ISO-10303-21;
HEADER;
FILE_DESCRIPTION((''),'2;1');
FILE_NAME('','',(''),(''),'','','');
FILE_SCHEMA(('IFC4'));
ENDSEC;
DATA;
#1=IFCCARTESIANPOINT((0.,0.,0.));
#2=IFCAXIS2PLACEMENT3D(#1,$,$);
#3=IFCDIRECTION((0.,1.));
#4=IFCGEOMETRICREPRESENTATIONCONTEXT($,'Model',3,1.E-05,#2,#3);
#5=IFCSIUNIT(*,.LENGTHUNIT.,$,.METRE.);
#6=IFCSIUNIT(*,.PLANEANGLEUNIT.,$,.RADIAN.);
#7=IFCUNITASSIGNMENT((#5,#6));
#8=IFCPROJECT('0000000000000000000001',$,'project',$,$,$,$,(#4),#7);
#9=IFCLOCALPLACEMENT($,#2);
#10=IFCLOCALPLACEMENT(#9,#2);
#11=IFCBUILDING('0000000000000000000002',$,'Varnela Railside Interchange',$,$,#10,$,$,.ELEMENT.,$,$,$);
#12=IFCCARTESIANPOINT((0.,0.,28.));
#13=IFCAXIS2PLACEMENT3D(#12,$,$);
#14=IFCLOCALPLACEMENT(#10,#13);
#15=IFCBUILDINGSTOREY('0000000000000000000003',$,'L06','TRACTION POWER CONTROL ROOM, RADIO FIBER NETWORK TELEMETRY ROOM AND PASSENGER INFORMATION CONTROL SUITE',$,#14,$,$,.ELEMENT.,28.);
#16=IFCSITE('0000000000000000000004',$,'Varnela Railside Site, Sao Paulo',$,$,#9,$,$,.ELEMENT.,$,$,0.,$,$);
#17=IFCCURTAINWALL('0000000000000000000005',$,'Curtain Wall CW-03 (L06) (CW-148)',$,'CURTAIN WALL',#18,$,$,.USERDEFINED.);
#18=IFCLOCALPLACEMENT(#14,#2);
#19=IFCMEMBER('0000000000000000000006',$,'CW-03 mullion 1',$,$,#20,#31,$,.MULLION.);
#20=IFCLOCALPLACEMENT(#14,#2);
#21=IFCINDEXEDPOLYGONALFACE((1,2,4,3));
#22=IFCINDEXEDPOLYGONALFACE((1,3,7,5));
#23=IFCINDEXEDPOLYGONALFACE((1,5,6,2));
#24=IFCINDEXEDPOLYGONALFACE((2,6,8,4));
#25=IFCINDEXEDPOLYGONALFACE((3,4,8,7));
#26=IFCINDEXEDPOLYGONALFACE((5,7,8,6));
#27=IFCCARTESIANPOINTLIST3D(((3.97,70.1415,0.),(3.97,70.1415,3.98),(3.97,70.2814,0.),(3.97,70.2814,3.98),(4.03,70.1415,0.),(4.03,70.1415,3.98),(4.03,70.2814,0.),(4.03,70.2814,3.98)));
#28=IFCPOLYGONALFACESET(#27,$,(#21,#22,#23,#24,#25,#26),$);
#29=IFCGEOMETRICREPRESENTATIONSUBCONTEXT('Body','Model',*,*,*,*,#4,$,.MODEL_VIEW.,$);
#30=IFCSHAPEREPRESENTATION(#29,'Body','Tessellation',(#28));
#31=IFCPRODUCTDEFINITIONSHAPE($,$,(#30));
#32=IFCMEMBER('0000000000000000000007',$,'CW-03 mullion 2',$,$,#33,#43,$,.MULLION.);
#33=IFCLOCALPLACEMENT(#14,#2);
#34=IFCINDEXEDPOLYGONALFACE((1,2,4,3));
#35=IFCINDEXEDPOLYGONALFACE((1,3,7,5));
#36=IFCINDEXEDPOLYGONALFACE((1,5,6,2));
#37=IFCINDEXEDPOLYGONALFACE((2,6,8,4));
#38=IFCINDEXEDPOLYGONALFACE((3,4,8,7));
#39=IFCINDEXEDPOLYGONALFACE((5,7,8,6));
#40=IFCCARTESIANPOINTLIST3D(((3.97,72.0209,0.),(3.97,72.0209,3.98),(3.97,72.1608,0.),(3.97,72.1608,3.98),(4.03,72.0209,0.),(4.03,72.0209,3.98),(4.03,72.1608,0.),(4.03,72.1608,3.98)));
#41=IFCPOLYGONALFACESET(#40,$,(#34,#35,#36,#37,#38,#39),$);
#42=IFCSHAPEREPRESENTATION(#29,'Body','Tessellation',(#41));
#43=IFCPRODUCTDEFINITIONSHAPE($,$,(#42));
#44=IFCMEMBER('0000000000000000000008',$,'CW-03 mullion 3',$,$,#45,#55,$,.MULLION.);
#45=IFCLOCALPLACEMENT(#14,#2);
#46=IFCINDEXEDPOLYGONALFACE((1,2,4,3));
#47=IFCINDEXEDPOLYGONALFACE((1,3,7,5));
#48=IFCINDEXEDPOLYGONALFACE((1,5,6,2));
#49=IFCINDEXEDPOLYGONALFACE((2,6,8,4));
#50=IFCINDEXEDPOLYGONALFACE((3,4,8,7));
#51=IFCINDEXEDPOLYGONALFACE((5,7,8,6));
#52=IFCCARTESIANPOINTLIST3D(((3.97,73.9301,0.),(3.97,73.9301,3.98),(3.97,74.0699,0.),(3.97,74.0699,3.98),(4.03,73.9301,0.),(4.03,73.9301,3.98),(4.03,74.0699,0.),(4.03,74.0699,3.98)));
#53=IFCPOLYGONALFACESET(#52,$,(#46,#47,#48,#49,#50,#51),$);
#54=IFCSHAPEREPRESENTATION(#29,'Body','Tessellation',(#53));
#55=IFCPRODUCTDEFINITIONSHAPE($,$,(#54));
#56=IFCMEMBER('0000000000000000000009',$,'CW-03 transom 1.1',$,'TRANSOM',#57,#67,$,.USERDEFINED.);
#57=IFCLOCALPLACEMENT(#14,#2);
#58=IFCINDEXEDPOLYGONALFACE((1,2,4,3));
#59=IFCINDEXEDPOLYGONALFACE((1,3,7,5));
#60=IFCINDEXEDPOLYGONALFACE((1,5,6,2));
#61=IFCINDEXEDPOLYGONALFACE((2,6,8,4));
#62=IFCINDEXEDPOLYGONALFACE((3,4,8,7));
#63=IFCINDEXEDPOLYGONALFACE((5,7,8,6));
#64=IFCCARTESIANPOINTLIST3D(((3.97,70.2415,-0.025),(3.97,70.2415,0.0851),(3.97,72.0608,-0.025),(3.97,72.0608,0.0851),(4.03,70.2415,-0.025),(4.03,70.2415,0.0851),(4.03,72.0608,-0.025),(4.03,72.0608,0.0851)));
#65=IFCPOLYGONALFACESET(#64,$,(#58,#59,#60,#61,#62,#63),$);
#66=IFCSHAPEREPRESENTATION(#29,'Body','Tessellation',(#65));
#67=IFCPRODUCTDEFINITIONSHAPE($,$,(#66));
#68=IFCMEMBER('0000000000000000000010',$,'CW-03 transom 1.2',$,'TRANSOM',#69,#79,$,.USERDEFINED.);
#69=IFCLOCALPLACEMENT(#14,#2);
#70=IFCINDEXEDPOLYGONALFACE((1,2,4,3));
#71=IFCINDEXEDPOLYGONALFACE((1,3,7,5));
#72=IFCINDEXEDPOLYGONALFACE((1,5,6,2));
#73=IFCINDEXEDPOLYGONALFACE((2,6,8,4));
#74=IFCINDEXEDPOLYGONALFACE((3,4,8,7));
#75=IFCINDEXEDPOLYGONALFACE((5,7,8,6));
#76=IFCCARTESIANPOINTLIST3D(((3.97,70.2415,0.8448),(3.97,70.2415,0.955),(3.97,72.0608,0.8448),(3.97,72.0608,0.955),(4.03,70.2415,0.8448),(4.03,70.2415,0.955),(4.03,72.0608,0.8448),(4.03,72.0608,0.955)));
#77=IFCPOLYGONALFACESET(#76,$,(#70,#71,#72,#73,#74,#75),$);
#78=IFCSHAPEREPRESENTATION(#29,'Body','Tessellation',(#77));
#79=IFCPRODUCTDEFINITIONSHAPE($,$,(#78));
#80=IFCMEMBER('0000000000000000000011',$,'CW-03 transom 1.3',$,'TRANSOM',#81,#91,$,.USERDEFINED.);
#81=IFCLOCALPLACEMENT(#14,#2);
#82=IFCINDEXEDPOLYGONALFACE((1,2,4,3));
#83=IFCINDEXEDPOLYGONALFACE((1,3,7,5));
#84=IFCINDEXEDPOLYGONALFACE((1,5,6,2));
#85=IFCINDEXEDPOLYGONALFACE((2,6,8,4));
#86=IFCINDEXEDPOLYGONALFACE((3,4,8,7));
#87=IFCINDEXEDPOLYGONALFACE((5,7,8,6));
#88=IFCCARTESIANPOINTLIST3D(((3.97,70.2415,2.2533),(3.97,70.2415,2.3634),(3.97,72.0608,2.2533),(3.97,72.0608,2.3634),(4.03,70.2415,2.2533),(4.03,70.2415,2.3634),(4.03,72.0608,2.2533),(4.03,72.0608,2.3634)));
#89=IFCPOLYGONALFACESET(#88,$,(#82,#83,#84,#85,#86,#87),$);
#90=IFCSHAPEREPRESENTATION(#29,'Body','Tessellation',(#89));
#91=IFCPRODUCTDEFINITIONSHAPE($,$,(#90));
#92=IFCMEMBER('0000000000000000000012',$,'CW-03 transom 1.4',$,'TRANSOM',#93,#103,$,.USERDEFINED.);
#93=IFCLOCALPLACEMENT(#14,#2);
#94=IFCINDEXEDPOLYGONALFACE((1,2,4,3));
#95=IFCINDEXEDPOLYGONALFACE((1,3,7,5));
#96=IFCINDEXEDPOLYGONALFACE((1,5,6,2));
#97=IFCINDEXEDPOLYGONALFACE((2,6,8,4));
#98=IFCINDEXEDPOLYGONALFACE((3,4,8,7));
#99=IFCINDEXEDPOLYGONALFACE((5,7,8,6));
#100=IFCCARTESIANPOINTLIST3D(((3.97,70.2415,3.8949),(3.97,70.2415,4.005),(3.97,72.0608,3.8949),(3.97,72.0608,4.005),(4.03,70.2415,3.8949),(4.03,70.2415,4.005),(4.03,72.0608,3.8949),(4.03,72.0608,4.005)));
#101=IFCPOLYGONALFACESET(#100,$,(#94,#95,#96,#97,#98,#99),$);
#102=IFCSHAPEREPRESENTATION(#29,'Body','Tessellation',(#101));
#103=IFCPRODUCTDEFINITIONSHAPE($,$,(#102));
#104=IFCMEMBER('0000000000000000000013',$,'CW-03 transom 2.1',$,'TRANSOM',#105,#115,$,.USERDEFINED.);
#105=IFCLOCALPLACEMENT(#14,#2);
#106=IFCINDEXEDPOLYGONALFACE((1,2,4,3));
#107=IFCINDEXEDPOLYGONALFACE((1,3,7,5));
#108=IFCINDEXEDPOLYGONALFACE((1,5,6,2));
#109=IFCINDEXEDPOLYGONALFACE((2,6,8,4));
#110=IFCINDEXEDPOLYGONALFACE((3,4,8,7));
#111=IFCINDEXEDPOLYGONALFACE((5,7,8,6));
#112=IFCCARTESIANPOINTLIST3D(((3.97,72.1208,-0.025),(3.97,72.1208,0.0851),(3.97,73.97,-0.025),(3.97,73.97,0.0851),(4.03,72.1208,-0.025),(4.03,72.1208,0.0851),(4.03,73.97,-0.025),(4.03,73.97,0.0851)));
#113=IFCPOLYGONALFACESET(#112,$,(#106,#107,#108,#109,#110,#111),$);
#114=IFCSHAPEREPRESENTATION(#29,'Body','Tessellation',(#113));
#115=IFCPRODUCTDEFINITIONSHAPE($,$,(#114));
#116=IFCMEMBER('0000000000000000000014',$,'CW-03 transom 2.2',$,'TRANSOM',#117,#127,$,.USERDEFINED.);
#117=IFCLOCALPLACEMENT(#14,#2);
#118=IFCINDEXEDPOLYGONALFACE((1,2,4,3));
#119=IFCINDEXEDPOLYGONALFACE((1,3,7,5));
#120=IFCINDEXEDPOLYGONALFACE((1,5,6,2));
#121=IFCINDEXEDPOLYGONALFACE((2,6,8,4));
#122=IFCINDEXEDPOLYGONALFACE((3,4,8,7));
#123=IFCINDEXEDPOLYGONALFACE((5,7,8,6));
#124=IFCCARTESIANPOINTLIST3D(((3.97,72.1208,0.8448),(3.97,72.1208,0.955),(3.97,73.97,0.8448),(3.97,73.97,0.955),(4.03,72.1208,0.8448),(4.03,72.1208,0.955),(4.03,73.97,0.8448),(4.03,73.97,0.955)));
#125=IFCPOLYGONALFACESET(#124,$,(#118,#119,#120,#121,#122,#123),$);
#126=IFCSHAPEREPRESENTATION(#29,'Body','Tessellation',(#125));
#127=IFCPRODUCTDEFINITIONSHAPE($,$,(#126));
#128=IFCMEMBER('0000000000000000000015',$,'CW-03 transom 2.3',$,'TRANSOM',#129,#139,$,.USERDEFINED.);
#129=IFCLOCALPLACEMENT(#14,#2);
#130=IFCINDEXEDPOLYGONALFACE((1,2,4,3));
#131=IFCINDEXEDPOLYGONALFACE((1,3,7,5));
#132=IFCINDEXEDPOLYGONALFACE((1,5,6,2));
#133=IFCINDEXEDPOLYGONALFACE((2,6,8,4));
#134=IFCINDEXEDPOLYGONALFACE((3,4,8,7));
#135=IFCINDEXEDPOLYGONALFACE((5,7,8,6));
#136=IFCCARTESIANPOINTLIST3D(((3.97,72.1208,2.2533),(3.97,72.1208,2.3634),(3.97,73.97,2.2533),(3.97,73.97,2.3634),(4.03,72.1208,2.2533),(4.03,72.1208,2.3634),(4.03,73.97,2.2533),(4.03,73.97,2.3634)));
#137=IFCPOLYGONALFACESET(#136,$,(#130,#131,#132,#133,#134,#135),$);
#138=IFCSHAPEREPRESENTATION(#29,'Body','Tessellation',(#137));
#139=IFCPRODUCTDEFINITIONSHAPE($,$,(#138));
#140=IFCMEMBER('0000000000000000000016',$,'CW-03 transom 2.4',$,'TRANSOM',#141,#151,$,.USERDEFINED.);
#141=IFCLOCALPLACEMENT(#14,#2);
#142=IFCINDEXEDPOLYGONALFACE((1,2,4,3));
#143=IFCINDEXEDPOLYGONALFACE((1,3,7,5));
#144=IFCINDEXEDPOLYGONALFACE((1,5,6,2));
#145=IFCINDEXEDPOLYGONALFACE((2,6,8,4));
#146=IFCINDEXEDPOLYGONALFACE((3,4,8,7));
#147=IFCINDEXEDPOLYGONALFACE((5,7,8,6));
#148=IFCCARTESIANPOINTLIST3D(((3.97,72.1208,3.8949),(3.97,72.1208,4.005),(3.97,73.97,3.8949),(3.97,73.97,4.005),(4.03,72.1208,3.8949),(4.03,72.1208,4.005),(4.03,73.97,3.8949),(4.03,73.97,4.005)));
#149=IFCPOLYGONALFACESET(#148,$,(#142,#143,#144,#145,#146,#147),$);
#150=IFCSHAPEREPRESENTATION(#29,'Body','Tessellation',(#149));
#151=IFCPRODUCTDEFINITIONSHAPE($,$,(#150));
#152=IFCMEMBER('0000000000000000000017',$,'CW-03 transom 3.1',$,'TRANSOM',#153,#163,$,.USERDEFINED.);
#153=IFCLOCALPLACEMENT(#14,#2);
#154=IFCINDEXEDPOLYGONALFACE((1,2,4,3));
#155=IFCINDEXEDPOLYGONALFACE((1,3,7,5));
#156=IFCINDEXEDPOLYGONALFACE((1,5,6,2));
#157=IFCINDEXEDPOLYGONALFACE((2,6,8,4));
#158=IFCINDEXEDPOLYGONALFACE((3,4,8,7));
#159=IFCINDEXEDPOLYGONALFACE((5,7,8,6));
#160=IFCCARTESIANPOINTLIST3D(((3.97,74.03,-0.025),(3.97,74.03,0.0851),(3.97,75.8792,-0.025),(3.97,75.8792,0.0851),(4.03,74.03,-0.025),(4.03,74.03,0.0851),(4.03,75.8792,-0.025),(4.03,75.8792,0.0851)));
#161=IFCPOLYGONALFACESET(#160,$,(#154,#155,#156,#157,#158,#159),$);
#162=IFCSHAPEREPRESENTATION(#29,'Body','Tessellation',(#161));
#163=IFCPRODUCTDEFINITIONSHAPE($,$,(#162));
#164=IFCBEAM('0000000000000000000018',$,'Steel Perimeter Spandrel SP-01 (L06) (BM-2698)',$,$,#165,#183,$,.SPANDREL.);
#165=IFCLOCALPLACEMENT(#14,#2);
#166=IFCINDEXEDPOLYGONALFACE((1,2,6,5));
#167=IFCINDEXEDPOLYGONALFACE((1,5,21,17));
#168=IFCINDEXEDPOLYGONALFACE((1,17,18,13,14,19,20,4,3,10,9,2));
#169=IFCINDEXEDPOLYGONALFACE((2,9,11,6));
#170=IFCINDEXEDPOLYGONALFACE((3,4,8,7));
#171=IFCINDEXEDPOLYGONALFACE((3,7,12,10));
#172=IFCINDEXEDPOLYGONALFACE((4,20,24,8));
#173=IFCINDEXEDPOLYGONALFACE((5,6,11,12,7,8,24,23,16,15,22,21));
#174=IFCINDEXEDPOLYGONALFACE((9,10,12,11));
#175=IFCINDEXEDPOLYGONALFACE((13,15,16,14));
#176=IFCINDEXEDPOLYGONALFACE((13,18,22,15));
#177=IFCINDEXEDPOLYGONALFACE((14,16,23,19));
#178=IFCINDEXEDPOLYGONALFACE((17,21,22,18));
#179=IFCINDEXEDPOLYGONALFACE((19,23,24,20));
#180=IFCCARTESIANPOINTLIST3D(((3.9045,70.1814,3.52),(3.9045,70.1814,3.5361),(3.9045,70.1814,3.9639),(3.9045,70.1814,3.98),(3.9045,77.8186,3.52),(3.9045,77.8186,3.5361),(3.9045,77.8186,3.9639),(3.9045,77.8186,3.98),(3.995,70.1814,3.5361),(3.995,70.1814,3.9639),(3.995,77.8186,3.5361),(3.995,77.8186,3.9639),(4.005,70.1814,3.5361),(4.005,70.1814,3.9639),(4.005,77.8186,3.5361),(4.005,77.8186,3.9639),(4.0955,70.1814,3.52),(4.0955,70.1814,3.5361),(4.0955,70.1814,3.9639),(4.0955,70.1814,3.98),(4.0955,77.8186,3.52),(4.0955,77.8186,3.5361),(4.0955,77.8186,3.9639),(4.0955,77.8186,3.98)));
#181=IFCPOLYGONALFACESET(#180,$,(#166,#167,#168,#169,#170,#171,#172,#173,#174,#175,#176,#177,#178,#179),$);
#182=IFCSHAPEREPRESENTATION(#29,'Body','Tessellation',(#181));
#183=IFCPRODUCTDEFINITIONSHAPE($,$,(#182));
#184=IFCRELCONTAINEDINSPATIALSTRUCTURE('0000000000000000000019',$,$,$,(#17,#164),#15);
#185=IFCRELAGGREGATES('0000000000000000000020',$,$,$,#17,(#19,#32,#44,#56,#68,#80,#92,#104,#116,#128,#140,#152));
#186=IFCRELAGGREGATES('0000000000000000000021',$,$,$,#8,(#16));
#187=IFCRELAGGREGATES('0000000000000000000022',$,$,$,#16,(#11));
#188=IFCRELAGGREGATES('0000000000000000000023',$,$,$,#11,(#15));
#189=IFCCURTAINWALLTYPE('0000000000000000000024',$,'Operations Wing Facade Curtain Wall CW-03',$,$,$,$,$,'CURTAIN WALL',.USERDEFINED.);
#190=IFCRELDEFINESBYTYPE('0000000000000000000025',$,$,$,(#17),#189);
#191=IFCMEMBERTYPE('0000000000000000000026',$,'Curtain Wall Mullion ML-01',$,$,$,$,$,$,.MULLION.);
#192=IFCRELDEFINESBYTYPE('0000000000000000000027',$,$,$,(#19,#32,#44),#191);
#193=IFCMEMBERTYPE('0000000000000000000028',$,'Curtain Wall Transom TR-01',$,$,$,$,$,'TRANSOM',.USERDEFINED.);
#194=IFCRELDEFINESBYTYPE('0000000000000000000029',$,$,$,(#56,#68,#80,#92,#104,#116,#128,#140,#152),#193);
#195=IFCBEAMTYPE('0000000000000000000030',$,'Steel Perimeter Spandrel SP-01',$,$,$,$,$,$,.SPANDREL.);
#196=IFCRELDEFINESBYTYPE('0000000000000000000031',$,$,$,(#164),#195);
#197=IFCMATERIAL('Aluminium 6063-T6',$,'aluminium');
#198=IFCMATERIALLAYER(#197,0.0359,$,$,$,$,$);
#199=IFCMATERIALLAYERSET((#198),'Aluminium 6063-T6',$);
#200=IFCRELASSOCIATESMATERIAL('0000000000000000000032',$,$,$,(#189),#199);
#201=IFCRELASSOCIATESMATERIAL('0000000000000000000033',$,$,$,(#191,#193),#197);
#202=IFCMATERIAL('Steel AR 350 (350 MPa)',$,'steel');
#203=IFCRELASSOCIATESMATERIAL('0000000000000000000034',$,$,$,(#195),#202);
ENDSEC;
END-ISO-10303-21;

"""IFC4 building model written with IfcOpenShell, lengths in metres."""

from ifc_helpers import new_model, si_unit, direction, frame, origin, origin_2d, place, context, subcontext, project, spatial, rectangle, i_section, extrude, material, layer, layer_set, material_profile, profile_set, type_object, element, aggregate, save


model = new_model("IFC4")

# Units and contexts
model_context = context("Model", 3, precision=1e-05, world=origin(), true_north=direction((0.0, 1.0)))
body_context = subcontext(model_context, "Body", "Model", "MODEL_VIEW")
ifc_project = project(units=[si_unit("LENGTHUNIT", "METRE"), si_unit("PLANEANGLEUNIT", "RADIAN")], contexts=[model_context])

# Site, building, storey
site_placement = place(None, origin())
site = spatial("IfcSite", under=ifc_project, at=site_placement, Name="Varnela Railside Site, Sao Paulo", CompositionType="ELEMENT", RefElevation=0.0)
building_placement = place(site_placement, origin())
building = spatial("IfcBuilding", under=site, at=building_placement, Name="Varnela Railside Interchange", CompositionType="ELEMENT")
storey_placement = place(building_placement, frame((0.0, 0.0, 28.0)))
storey = spatial("IfcBuildingStorey", under=building, at=storey_placement, Name="L06", Description="TRACTION POWER CONTROL ROOM, RADIO FIBER NETWORK TELEMETRY ROOM AND PASSENGER INFORMATION CONTROL SUITE", CompositionType="ELEMENT", Elevation=28.0)

# Curtain wall, members
ifc_material_1 = material(Name="Aluminium 6063-T6", Category="aluminium")
ifc_layer_1 = layer(ifc_material_1, 0.0359)
ifc_layer_set_1 = layer_set([ifc_layer_1], Name="Aluminium 6063-T6")
curtain_wall_type = type_object("IfcCurtainWallType", Name="Operations Wing Facade Curtain Wall CW-03", ElementType="CURTAIN WALL", PredefinedType="USERDEFINED", material=ifc_layer_set_1)
curtain_wall_placement = place(storey_placement, origin())
curtain_wall = element("IfcCurtainWall", 1, at=curtain_wall_placement, inside=storey, type_object=curtain_wall_type, Name="Curtain Wall CW-03 (L06) (CW-148)", ObjectType="CURTAIN WALL", PredefinedType="USERDEFINED")
ifc_material_profile_1 = material_profile(ifc_material_1, rectangle(XDim=0.0601, YDim=0.1399, at=origin_2d()), Name="ALU 60x140")
ifc_profile_set_1 = profile_set([ifc_material_profile_1], Name="Aluminium 6063-T6")
member_type_1 = type_object("IfcMemberType", Name="Curtain Wall Mullion ML-01", PredefinedType="MULLION", material=ifc_profile_set_1)
member_1_placement = place(storey_placement, frame((4.0, 70.2114, 0.0), z_axis=(0.0, 0.0, 1.0), x_axis=(-1.0, 0.0, 0.0)))
member_1 = element("IfcMember", 2, at=member_1_placement, type_object=member_type_1, Name="CW-03 mullion 1", PredefinedType="MULLION", context=body_context, shape_type="SweptSolid", body=[
    extrude(rectangle(XDim=0.0601, YDim=0.1399, at=origin_2d()), origin(), (0.0, 0.0, 1.0), 3.98),
])
member_2_placement = place(storey_placement, frame((4.0, 72.0908, 0.0), z_axis=(0.0, 0.0, 1.0), x_axis=(-1.0, 0.0, 0.0)))
member_2 = element("IfcMember", 3, at=member_2_placement, type_object=member_type_1, Name="CW-03 mullion 2", PredefinedType="MULLION", context=body_context, shape_type="SweptSolid", body=[
    extrude(rectangle(XDim=0.0601, YDim=0.1399, at=origin_2d()), origin(), (0.0, 0.0, 1.0), 3.98),
])
member_3_placement = place(storey_placement, frame((4.0, 74.0, 0.0), z_axis=(0.0, 0.0, 1.0), x_axis=(-1.0, 0.0, 0.0)))
member_3 = element("IfcMember", 4, at=member_3_placement, type_object=member_type_1, Name="CW-03 mullion 3", PredefinedType="MULLION", context=body_context, shape_type="SweptSolid", body=[
    extrude(rectangle(XDim=0.0601, YDim=0.1399, at=origin_2d()), origin(), (0.0, 0.0, 1.0), 3.98),
])
ifc_material_profile_2 = material_profile(ifc_material_1, rectangle(XDim=0.0601, YDim=0.1101, at=origin_2d()), Name="ALU 60x110")
ifc_profile_set_2 = profile_set([ifc_material_profile_2], Name="Aluminium 6063-T6")
member_type_2 = type_object("IfcMemberType", Name="Curtain Wall Transom TR-01", ElementType="TRANSOM", PredefinedType="USERDEFINED", material=ifc_profile_set_2)
member_4_placement = place(storey_placement, frame((4.0, 70.2415, 0.03), z_axis=(0.0, 1.0, 0.0), x_axis=(-1.0, 0.0, 0.0)))
member_4 = element("IfcMember", 5, at=member_4_placement, type_object=member_type_2, Name="CW-03 transom 1.1", ObjectType="TRANSOM", PredefinedType="USERDEFINED", context=body_context, shape_type="SweptSolid", body=[
    extrude(rectangle(XDim=0.0601, YDim=0.1101, at=origin_2d()), origin(), (0.0, 0.0, 1.0), 1.8193),
])
member_5_placement = place(storey_placement, frame((4.0, 70.2415, 0.8999), z_axis=(0.0, 1.0, 0.0), x_axis=(-1.0, 0.0, 0.0)))
member_5 = element("IfcMember", 6, at=member_5_placement, type_object=member_type_2, Name="CW-03 transom 1.2", ObjectType="TRANSOM", PredefinedType="USERDEFINED", context=body_context, shape_type="SweptSolid", body=[
    extrude(rectangle(XDim=0.0601, YDim=0.1101, at=origin_2d()), origin(), (0.0, 0.0, 1.0), 1.8193),
])
member_6_placement = place(storey_placement, frame((4.0, 70.2415, 2.3083), z_axis=(0.0, 1.0, 0.0), x_axis=(-1.0, 0.0, 0.0)))
member_6 = element("IfcMember", 7, at=member_6_placement, type_object=member_type_2, Name="CW-03 transom 1.3", ObjectType="TRANSOM", PredefinedType="USERDEFINED", context=body_context, shape_type="SweptSolid", body=[
    extrude(rectangle(XDim=0.0601, YDim=0.1101, at=origin_2d()), origin(), (0.0, 0.0, 1.0), 1.8193),
])
member_7_placement = place(storey_placement, frame((4.0, 70.2415, 3.95), z_axis=(0.0, 1.0, 0.0), x_axis=(-1.0, 0.0, 0.0)))
member_7 = element("IfcMember", 8, at=member_7_placement, type_object=member_type_2, Name="CW-03 transom 1.4", ObjectType="TRANSOM", PredefinedType="USERDEFINED", context=body_context, shape_type="SweptSolid", body=[
    extrude(rectangle(XDim=0.0601, YDim=0.1101, at=origin_2d()), origin(), (0.0, 0.0, 1.0), 1.8193),
])
member_8_placement = place(storey_placement, frame((4.0, 72.1208, 0.03), z_axis=(0.0, 1.0, 0.0), x_axis=(-1.0, 0.0, 0.0)))
member_8 = element("IfcMember", 9, at=member_8_placement, type_object=member_type_2, Name="CW-03 transom 2.1", ObjectType="TRANSOM", PredefinedType="USERDEFINED", context=body_context, shape_type="SweptSolid", body=[
    extrude(rectangle(XDim=0.0601, YDim=0.1101, at=origin_2d()), origin(), (0.0, 0.0, 1.0), 1.8491),
])
member_9_placement = place(storey_placement, frame((4.0, 72.1208, 0.8999), z_axis=(0.0, 1.0, 0.0), x_axis=(-1.0, 0.0, 0.0)))
member_9 = element("IfcMember", 10, at=member_9_placement, type_object=member_type_2, Name="CW-03 transom 2.2", ObjectType="TRANSOM", PredefinedType="USERDEFINED", context=body_context, shape_type="SweptSolid", body=[
    extrude(rectangle(XDim=0.0601, YDim=0.1101, at=origin_2d()), origin(), (0.0, 0.0, 1.0), 1.8491),
])
member_10_placement = place(storey_placement, frame((4.0, 72.1208, 2.3083), z_axis=(0.0, 1.0, 0.0), x_axis=(-1.0, 0.0, 0.0)))
member_10 = element("IfcMember", 11, at=member_10_placement, type_object=member_type_2, Name="CW-03 transom 2.3", ObjectType="TRANSOM", PredefinedType="USERDEFINED", context=body_context, shape_type="SweptSolid", body=[
    extrude(rectangle(XDim=0.0601, YDim=0.1101, at=origin_2d()), origin(), (0.0, 0.0, 1.0), 1.8491),
])
member_11_placement = place(storey_placement, frame((4.0, 72.1208, 3.95), z_axis=(0.0, 1.0, 0.0), x_axis=(-1.0, 0.0, 0.0)))
member_11 = element("IfcMember", 12, at=member_11_placement, type_object=member_type_2, Name="CW-03 transom 2.4", ObjectType="TRANSOM", PredefinedType="USERDEFINED", context=body_context, shape_type="SweptSolid", body=[
    extrude(rectangle(XDim=0.0601, YDim=0.1101, at=origin_2d()), origin(), (0.0, 0.0, 1.0), 1.8491),
])
member_12_placement = place(storey_placement, frame((4.0, 74.03, 0.03), z_axis=(0.0, 1.0, 0.0), x_axis=(-1.0, 0.0, 0.0)))
member_12 = element("IfcMember", 13, at=member_12_placement, type_object=member_type_2, Name="CW-03 transom 3.1", ObjectType="TRANSOM", PredefinedType="USERDEFINED", context=body_context, shape_type="SweptSolid", body=[
    extrude(rectangle(XDim=0.0601, YDim=0.1101, at=origin_2d()), origin(), (0.0, 0.0, 1.0), 1.8491),
])

# Beam
ifc_material_2 = material(Name="Steel AR 350 (350 MPa)", Category="steel")
ifc_material_profile_3 = material_profile(ifc_material_2, i_section(OverallWidth=0.1909, OverallDepth=0.46, WebThickness=0.01, FlangeThickness=0.0161, at=origin_2d()), Name="W460x82")
ifc_profile_set_3 = profile_set([ifc_material_profile_3], Name="Steel AR 350 (350 MPa)")
beam_type = type_object("IfcBeamType", Name="Steel Perimeter Spandrel SP-01", PredefinedType="SPANDREL", material=ifc_profile_set_3)
beam_placement = place(storey_placement, frame((4.0, 70.1814, 3.75), z_axis=(0.0, 1.0, 0.0), x_axis=(-1.0, 0.0, 0.0)))
element("IfcBeam", 14, at=beam_placement, inside=storey, type_object=beam_type, Name="Steel Perimeter Spandrel SP-01 (L06) (BM-2698)", PredefinedType="SPANDREL", context=body_context, shape_type="SweptSolid", body=[
    extrude(i_section(OverallWidth=0.1909, OverallDepth=0.46, WebThickness=0.01, FlangeThickness=0.0161, at=origin_2d()), origin(), (0.0, 0.0, 1.0), 7.6372),
])

aggregate(curtain_wall, [member_1, member_2, member_3, member_4, member_5, member_6, member_7, member_8, member_9, member_10, member_11, member_12])

save(model, "model.ifc")
